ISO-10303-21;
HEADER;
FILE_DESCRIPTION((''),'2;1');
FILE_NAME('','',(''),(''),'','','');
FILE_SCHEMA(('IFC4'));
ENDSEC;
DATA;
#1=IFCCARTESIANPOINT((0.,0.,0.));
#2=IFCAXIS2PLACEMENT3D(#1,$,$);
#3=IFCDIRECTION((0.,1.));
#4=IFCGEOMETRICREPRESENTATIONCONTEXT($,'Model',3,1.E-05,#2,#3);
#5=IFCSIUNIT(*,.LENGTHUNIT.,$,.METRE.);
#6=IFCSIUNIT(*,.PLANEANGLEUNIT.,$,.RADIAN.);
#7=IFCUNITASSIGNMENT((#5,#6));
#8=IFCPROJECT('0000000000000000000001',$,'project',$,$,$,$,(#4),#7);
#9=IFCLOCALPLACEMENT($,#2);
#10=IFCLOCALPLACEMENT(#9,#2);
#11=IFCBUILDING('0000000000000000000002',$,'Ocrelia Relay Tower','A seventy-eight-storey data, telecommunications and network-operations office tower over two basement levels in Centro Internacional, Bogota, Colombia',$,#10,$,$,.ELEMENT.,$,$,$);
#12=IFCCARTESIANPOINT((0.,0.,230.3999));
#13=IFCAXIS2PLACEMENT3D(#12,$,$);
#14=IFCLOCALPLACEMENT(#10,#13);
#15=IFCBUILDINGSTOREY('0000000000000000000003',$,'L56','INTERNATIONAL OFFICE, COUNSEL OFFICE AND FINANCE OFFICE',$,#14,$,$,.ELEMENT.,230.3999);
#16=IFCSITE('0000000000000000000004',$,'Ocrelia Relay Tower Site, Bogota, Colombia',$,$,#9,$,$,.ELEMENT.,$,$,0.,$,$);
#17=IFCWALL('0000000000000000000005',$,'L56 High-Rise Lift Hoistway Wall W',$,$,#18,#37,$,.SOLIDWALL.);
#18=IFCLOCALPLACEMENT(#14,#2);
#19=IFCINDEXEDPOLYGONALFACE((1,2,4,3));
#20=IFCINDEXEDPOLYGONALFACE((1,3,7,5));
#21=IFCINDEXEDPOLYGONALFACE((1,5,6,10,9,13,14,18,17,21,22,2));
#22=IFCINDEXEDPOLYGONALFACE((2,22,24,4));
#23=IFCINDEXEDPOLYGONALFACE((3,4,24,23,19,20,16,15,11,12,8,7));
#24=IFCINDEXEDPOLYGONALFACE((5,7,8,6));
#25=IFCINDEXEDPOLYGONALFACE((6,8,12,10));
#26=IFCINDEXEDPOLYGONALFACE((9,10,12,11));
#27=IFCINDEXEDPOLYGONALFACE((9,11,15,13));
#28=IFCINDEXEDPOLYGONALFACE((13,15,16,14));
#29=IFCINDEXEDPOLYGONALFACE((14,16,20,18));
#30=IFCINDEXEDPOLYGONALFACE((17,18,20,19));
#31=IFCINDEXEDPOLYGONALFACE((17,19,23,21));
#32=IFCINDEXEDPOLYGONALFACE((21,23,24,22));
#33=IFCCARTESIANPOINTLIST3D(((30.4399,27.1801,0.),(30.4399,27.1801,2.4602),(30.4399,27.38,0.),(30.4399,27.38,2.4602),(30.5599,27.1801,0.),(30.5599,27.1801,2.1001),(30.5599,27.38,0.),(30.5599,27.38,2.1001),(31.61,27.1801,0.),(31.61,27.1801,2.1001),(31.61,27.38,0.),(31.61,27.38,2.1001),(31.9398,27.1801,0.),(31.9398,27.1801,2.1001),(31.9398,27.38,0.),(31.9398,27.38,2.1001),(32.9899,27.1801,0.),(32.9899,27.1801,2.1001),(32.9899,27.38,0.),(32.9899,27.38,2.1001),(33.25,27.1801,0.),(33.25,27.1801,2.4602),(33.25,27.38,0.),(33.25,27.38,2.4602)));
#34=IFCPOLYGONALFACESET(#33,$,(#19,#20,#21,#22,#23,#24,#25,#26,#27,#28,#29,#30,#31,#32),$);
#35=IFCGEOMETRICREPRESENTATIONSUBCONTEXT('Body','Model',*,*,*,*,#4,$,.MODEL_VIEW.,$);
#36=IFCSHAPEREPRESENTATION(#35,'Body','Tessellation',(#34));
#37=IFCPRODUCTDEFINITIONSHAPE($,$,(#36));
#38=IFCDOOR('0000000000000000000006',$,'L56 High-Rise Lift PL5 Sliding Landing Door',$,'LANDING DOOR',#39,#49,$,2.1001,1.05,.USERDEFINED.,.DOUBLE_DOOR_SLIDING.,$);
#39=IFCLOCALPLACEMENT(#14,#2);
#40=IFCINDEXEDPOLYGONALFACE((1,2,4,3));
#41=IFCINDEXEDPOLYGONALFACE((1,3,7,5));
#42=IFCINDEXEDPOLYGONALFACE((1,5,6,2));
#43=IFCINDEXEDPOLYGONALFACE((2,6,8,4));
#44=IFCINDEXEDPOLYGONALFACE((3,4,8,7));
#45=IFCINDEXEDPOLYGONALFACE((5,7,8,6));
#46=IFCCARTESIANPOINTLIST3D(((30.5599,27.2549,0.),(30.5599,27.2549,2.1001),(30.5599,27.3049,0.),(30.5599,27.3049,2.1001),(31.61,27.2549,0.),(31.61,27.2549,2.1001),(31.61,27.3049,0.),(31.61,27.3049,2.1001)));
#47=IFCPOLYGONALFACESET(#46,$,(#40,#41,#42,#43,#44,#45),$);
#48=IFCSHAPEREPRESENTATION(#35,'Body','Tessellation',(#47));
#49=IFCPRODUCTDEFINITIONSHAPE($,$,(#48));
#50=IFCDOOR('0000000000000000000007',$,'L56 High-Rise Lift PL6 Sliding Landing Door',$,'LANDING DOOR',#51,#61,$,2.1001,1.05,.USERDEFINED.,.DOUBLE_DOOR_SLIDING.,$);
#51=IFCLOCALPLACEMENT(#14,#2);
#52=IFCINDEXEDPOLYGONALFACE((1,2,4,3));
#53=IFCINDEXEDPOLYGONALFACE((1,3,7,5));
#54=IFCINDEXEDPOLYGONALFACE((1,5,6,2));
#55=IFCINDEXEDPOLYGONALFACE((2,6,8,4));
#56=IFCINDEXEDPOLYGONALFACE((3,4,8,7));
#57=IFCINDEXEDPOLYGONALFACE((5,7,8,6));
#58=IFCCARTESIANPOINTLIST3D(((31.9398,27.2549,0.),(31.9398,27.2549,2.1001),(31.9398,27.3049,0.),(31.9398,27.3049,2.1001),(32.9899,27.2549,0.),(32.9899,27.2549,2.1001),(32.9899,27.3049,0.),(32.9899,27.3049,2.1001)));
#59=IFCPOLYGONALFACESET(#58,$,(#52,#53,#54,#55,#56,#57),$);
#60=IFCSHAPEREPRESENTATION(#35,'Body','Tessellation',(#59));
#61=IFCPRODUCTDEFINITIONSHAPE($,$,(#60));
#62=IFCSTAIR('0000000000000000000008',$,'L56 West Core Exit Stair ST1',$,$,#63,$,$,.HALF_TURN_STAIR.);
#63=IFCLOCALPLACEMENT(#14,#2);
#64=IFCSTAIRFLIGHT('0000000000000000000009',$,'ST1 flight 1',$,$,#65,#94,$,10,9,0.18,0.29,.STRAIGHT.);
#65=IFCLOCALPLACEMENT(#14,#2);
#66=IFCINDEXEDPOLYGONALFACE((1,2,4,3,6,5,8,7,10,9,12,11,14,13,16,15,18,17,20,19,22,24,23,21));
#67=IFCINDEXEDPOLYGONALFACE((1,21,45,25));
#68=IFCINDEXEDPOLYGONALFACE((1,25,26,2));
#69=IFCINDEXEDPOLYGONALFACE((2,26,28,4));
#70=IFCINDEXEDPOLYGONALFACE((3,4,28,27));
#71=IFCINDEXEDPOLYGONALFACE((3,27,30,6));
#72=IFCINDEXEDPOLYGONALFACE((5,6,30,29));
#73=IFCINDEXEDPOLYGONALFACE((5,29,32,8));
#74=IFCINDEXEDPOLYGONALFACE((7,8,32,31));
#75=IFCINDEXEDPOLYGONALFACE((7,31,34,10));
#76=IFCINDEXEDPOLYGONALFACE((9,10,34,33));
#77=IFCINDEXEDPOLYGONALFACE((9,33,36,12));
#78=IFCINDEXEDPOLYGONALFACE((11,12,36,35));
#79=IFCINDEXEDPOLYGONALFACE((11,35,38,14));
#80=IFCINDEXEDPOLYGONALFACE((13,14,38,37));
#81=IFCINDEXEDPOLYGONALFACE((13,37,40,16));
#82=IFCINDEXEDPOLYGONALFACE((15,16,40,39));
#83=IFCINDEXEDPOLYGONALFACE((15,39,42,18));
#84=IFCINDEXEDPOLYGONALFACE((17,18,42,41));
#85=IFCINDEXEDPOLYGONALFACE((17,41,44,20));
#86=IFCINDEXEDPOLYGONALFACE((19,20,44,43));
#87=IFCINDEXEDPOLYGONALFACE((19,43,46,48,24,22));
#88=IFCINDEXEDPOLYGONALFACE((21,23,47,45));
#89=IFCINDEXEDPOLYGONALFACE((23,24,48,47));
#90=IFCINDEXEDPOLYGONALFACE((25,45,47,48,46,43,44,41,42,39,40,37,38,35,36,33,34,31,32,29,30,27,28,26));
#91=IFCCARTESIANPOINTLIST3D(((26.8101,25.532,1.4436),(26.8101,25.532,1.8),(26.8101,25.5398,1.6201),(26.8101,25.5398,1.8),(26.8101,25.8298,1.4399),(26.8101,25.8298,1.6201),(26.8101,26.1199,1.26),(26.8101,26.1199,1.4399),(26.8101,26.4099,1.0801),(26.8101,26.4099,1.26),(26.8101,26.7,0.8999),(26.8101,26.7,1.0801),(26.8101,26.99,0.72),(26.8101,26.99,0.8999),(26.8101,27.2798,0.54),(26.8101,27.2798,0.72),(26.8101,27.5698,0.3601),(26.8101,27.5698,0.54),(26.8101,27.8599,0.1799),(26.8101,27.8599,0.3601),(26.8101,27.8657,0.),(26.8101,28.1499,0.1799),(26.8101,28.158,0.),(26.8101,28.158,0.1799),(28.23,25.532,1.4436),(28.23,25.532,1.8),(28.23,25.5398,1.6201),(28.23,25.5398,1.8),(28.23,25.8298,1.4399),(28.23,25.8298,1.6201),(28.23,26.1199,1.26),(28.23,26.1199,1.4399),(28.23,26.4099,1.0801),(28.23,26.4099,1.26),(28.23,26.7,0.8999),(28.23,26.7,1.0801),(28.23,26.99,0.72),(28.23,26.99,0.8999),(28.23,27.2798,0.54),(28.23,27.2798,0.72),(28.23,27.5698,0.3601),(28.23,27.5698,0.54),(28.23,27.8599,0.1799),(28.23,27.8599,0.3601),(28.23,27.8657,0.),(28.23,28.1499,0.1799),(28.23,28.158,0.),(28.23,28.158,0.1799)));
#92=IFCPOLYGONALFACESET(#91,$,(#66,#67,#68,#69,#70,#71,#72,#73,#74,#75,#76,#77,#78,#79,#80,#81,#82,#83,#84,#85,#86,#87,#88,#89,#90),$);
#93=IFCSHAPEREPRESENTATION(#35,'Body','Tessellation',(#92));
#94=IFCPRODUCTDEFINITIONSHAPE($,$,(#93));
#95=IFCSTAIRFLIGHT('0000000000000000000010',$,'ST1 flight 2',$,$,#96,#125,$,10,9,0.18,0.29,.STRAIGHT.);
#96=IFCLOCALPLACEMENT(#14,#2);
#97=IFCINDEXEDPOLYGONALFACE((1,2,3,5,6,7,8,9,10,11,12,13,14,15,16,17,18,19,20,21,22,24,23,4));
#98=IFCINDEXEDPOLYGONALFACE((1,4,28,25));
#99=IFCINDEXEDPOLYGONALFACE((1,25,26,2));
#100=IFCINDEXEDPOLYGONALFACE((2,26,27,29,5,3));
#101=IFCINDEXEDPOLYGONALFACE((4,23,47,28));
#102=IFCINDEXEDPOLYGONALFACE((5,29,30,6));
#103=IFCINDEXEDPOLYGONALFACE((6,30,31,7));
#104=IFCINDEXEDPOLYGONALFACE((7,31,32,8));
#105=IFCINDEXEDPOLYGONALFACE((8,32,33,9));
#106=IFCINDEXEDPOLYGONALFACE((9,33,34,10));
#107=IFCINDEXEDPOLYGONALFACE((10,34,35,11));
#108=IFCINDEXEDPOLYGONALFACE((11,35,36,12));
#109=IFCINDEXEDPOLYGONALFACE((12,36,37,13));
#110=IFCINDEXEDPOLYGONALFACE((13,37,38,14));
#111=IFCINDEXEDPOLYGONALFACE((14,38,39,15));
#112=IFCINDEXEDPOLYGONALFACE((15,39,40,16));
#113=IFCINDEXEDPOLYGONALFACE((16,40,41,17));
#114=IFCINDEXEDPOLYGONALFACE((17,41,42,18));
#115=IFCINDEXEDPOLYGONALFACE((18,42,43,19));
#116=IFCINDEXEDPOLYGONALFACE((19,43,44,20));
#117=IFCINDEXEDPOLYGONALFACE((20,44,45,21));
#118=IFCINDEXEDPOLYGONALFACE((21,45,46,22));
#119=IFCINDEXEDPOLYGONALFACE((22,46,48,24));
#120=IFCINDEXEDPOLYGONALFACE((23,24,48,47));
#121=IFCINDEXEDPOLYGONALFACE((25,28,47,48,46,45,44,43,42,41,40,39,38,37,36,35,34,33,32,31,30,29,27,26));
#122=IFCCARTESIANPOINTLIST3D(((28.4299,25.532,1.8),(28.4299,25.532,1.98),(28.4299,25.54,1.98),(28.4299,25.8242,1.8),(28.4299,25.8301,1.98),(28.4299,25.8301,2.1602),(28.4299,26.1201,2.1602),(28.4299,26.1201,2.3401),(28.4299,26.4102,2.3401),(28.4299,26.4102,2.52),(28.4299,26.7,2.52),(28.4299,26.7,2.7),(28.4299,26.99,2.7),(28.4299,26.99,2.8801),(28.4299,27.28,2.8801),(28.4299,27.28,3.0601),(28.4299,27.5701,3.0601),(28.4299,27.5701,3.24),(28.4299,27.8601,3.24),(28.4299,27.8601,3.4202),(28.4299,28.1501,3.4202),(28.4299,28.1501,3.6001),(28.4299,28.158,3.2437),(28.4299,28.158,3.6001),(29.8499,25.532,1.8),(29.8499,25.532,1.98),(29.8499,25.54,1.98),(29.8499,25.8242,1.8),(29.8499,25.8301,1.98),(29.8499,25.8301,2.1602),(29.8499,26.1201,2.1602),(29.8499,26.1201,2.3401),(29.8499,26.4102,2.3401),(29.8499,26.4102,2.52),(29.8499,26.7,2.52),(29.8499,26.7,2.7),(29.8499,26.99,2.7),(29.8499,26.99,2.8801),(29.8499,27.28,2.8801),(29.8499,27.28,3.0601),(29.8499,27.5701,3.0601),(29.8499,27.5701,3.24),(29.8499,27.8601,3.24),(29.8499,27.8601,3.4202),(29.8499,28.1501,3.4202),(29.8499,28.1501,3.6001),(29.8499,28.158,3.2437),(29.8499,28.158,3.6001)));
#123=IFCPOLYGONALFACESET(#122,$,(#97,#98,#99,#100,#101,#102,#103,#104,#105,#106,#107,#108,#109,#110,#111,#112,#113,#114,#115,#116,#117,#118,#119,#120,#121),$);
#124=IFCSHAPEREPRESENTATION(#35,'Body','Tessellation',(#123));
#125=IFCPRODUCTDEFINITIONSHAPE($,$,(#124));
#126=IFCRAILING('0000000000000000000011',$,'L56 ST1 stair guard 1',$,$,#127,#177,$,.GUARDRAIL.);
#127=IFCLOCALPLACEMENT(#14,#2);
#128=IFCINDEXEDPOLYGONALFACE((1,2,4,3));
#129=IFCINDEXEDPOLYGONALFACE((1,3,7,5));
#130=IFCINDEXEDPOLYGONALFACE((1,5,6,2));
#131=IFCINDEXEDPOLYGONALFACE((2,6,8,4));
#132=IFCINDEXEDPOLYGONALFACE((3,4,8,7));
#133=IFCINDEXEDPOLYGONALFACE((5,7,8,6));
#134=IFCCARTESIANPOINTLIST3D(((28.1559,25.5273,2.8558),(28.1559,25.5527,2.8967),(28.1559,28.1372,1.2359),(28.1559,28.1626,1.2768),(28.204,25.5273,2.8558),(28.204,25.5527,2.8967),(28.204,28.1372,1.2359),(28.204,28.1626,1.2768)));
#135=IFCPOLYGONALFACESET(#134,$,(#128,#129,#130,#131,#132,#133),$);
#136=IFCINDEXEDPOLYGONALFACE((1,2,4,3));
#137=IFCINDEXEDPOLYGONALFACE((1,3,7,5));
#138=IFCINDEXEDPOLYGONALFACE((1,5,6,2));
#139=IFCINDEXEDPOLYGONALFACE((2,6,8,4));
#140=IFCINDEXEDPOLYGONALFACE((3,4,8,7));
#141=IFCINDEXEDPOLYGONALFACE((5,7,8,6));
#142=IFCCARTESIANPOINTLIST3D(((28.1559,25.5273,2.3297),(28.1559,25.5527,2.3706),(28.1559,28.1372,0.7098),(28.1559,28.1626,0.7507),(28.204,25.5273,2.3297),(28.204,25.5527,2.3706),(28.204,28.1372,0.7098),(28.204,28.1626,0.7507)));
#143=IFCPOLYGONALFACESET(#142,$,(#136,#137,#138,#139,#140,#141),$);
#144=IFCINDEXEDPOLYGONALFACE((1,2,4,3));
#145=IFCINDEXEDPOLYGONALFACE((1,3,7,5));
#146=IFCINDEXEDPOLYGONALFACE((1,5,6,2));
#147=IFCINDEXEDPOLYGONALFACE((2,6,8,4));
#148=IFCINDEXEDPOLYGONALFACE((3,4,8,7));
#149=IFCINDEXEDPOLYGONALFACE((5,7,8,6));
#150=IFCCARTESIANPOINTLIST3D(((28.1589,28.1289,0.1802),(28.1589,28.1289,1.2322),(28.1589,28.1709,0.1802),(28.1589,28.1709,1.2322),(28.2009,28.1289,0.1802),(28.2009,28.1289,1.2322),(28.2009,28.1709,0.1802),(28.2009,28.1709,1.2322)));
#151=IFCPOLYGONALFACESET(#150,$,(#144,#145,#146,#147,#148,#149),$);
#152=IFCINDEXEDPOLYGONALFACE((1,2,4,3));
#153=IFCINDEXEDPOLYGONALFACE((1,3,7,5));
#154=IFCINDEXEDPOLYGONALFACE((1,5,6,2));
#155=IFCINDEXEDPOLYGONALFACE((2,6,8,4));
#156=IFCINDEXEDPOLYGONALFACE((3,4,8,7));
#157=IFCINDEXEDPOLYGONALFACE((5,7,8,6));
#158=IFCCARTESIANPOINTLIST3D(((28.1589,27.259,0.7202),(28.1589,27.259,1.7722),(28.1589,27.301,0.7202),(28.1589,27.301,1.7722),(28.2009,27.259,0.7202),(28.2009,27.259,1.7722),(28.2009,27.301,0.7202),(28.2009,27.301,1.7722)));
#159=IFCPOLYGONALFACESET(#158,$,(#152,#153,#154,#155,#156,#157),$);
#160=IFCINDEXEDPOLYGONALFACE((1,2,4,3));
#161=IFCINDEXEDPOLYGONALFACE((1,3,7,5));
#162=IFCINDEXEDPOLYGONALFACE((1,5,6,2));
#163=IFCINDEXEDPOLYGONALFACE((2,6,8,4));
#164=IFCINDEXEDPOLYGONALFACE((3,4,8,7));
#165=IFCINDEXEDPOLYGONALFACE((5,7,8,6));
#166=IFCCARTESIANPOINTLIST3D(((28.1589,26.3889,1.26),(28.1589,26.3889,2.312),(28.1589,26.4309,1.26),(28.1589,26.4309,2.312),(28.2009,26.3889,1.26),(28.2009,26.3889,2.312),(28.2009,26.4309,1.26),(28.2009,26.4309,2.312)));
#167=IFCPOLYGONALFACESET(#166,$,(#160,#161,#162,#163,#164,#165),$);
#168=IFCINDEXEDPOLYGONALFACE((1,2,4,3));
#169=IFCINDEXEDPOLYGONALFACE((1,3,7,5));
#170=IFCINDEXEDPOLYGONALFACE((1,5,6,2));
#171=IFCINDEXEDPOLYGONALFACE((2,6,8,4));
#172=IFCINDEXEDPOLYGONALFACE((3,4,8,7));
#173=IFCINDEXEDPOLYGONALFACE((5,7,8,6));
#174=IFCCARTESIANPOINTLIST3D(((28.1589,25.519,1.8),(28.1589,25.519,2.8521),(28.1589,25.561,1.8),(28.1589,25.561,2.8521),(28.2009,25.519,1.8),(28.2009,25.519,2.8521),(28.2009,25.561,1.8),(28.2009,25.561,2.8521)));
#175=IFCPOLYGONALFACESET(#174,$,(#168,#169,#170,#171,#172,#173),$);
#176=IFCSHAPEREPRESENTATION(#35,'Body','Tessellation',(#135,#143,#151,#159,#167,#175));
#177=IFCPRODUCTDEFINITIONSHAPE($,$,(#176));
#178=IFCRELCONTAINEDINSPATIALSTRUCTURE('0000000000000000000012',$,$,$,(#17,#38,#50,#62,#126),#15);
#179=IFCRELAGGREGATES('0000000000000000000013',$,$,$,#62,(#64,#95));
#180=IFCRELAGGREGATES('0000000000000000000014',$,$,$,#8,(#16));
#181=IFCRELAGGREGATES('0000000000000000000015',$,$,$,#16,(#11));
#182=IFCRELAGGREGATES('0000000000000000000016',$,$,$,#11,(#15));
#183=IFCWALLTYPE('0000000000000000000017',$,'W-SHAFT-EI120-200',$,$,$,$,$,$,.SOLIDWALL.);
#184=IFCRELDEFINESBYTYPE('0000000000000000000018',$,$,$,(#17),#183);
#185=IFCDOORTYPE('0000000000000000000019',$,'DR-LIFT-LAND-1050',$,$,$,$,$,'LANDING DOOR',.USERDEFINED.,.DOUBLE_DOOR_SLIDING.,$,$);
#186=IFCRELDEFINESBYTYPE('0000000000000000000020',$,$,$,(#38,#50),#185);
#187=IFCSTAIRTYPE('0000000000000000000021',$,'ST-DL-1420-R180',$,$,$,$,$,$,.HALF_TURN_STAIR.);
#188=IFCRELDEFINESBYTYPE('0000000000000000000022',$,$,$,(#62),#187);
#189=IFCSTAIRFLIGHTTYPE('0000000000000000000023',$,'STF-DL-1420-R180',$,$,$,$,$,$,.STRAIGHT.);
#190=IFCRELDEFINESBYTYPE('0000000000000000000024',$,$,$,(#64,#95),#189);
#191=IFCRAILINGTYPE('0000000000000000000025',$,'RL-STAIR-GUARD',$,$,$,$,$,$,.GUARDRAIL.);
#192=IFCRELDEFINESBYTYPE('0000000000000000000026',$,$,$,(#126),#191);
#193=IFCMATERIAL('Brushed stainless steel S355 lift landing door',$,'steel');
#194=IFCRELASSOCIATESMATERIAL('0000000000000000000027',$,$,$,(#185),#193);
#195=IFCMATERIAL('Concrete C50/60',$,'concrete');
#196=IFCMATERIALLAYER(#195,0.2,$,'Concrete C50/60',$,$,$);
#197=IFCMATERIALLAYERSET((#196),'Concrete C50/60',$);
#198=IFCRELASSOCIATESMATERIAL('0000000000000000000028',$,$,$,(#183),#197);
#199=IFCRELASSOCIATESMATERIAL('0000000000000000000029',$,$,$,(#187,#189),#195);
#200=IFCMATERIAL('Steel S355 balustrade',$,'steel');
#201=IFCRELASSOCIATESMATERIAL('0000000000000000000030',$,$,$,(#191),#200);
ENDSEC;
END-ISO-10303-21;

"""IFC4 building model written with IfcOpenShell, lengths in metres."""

from ifc_helpers import new_model, si_unit, direction, frame, frame_2d, origin, origin_2d, place, context, subcontext, project, spatial, polyline, rectangle, outline, extrude, material, layer, layer_set, type_object, element, fill, aggregate, save


model = new_model("IFC4")

# Units and contexts
model_context = context("Model", 3, precision=1e-05, world=origin(), true_north=direction((0.0, 1.0)))
body_context = subcontext(model_context, "Body", "Model", "MODEL_VIEW")
ifc_project = project(units=[si_unit("LENGTHUNIT", "METRE"), si_unit("PLANEANGLEUNIT", "RADIAN")], contexts=[model_context])

# Site, building, storey
site_placement = place(None, origin())
site = spatial("IfcSite", under=ifc_project, at=site_placement, Name="Ocrelia Relay Tower Site, Bogota, Colombia", CompositionType="ELEMENT", RefElevation=0.0)
building_placement = place(site_placement, origin())
building = spatial("IfcBuilding", under=site, at=building_placement, Name="Ocrelia Relay Tower", Description="A seventy-eight-storey data, telecommunications and network-operations office tower over two basement levels in Centro Internacional, Bogota, Colombia", CompositionType="ELEMENT")
storey_placement = place(building_placement, frame((0.0, 0.0, 230.3999)))
storey = spatial("IfcBuildingStorey", under=building, at=storey_placement, Name="L56", Description="INTERNATIONAL OFFICE, COUNSEL OFFICE AND FINANCE OFFICE", CompositionType="ELEMENT", Elevation=230.3999)

# Shared definitions
ifc_material_1 = material(Name="Concrete C50/60", Category="concrete")

# Shared definitions
ifc_material_2 = material(Name="Brushed stainless steel S355 lift landing door", Category="steel")
door_type_1 = type_object("IfcDoorType", Name="DR-LIFT-LAND-1050", ElementType="LANDING DOOR", OperationType="DOUBLE_DOOR_SLIDING", PredefinedType="USERDEFINED", material=ifc_material_2)

# Shared definitions
ifc_layer_1 = layer(ifc_material_1, 0.2, Name="Concrete C50/60")
ifc_layer_set_1 = layer_set([ifc_layer_1], Name="Concrete C50/60")
wall_type_1 = type_object("IfcWallType", Name="W-SHAFT-EI120-200", PredefinedType="SOLIDWALL", material=ifc_layer_set_1)

# Wall, openings, doors
wall_1_placement = place(storey_placement, frame((30.4399, 27.28, 0.0), z_axis=(0.0, 0.0, 1.0), x_axis=(1.0, 0.0, 0.0)))
wall_1 = element("IfcWall", 1, at=wall_1_placement, inside=storey, type_object=wall_type_1, Name="L56 High-Rise Lift Hoistway Wall W", PredefinedType="SOLIDWALL", context=body_context, shape_type="SweptSolid", body=[
    extrude(rectangle(XDim=2.8101, YDim=0.2, at=frame_2d((1.405, 0.0))), origin(), (0.0, 0.0, 1.0), 2.4602),
])
opening_1_placement = place(wall_1_placement, frame((0.1201, 0.0, 0.0)))
opening_1 = element("IfcOpeningElement", 2, at=opening_1_placement, cuts=wall_1, PredefinedType="OPENING", context=body_context, shape_type="SweptSolid", body=[
    extrude(rectangle(XDim=1.05, YDim=2.1001, at=frame_2d((0.5249, 1.05))), frame((0.0, 0.1099, 0.0), z_axis=(0.0, -1.0, 0.0), x_axis=(1.0, 0.0, 0.0)), (0.0, 0.0, 1.0), 0.22),
])
opening_2_placement = place(wall_1_placement, frame((1.5, 0.0, 0.0)))
opening_2 = element("IfcOpeningElement", 3, at=opening_2_placement, cuts=wall_1, PredefinedType="OPENING", context=body_context, shape_type="SweptSolid", body=[
    extrude(rectangle(XDim=1.05, YDim=2.1001, at=frame_2d((0.5249, 1.05))), frame((0.0, 0.1099, 0.0), z_axis=(0.0, -1.0, 0.0), x_axis=(1.0, 0.0, 0.0)), (0.0, 0.0, 1.0), 0.22),
])
door_1_placement = place(opening_1_placement, origin())
door_1 = element("IfcDoor", 4, at=door_1_placement, inside=storey, type_object=door_type_1, Name="L56 High-Rise Lift PL5 Sliding Landing Door", ObjectType="LANDING DOOR", OperationType="DOUBLE_DOOR_SLIDING", OverallHeight=2.1001, OverallWidth=1.05, PredefinedType="USERDEFINED", context=body_context, shape_type="SweptSolid", body=[
    extrude(rectangle(XDim=1.05, YDim=2.1001, at=frame_2d((0.5249, 1.05))), frame((0.0, 0.0249, 0.0), z_axis=(0.0, -1.0, 0.0), x_axis=(1.0, 0.0, 0.0)), (0.0, 0.0, 1.0), 0.05),
])
fill(opening_1, door_1)
door_2_placement = place(opening_2_placement, origin())
door_2 = element("IfcDoor", 5, at=door_2_placement, inside=storey, type_object=door_type_1, Name="L56 High-Rise Lift PL6 Sliding Landing Door", ObjectType="LANDING DOOR", OperationType="DOUBLE_DOOR_SLIDING", OverallHeight=2.1001, OverallWidth=1.05, PredefinedType="USERDEFINED", context=body_context, shape_type="SweptSolid", body=[
    extrude(rectangle(XDim=1.05, YDim=2.1001, at=frame_2d((0.5249, 1.05))), frame((0.0, 0.0249, 0.0), z_axis=(0.0, -1.0, 0.0), x_axis=(1.0, 0.0, 0.0)), (0.0, 0.0, 1.0), 0.05),
])
fill(opening_2, door_2)

# Stair, stair flights
stair_type = type_object("IfcStairType", Name="ST-DL-1420-R180", PredefinedType="HALF_TURN_STAIR", material=ifc_material_1)
stair_placement = place(storey_placement, origin())
stair = element("IfcStair", 6, at=stair_placement, inside=storey, type_object=stair_type, Name="L56 West Core Exit Stair ST1", PredefinedType="HALF_TURN_STAIR")
stair_flight_type = type_object("IfcStairFlightType", Name="STF-DL-1420-R180", PredefinedType="STRAIGHT", material=ifc_material_1)
stair_flight_1_placement = place(storey_placement, frame((27.52, 28.1499, 0.0), z_axis=(0.0, 0.0, 1.0), x_axis=(0.0, -1.0, 0.0)))
stair_flight_1 = element("IfcStairFlight", 7, at=stair_flight_1_placement, type_object=stair_flight_type, Name="ST1 flight 1", NumberOfRisers=10, NumberOfTreads=9, PredefinedType="STRAIGHT", RiserHeight=0.18, TreadLength=0.29, context=body_context, shape_type="SweptSolid", body=[
    extrude(outline(polyline([(-0.0081, 0.0), (-0.0081, 0.1799), (0.0, 0.1799), (0.29, 0.1799), (0.29, 0.3601), (0.5801, 0.3601), (0.5801, 0.54), (0.8701, 0.54), (0.8701, 0.72), (1.1599, 0.72), (1.1599, 0.8999), (1.45, 0.8999), (1.45, 1.0801), (1.74, 1.0801), (1.74, 1.26), (2.03, 1.26), (2.03, 1.4399), (2.3201, 1.4399), (2.3201, 1.6201), (2.6101, 1.6201), (2.6101, 1.8), (2.6179, 1.8), (2.6179, 1.4436), (0.2842, 0.0), (-0.0081, 0.0)])), frame((0.0, 0.71, 0.0), z_axis=(0.0, -1.0, 0.0), x_axis=(1.0, 0.0, 0.0)), (0.0, 0.0, 1.0), 1.4199),
])
stair_flight_2_placement = place(storey_placement, frame((29.1399, 25.54, 1.8), z_axis=(0.0, 0.0, 1.0), x_axis=(0.0, 1.0, 0.0)))
stair_flight_2 = element("IfcStairFlight", 8, at=stair_flight_2_placement, type_object=stair_flight_type, Name="ST1 flight 2", NumberOfRisers=10, NumberOfTreads=9, PredefinedType="STRAIGHT", RiserHeight=0.18, TreadLength=0.29, context=body_context, shape_type="SweptSolid", body=[
    extrude(outline(polyline([(-0.0081, 0.0), (-0.0081, 0.1799), (0.0, 0.1799), (0.29, 0.1799), (0.29, 0.3601), (0.5801, 0.3601), (0.5801, 0.54), (0.8701, 0.54), (0.8701, 0.72), (1.1599, 0.72), (1.1599, 0.8999), (1.45, 0.8999), (1.45, 1.0801), (1.74, 1.0801), (1.74, 1.26), (2.03, 1.26), (2.03, 1.4399), (2.3201, 1.4399), (2.3201, 1.6201), (2.6101, 1.6201), (2.6101, 1.8), (2.6179, 1.8), (2.6179, 1.4436), (0.2842, 0.0), (-0.0081, 0.0)])), frame((0.0, 0.71, 0.0), z_axis=(0.0, -1.0, 0.0), x_axis=(1.0, 0.0, 0.0)), (0.0, 0.0, 1.0), 1.4199),
])
aggregate(stair, [stair_flight_1, stair_flight_2])

# Railing
ifc_material_3 = material(Name="Steel S355 balustrade", Category="steel")
railing_type_1 = type_object("IfcRailingType", Name="RL-STAIR-GUARD", PredefinedType="GUARDRAIL", material=ifc_material_3)
railing_1_placement = place(storey_placement, frame((28.1799, 28.1499, 0.1802)))
element("IfcRailing", 9, at=railing_1_placement, inside=storey, type_object=railing_type_1, Name="L56 ST1 stair guard 1", PredefinedType="GUARDRAIL", context=body_context, shape_type="SweptSolid", body=[
    extrude(rectangle(XDim=0.0481, YDim=0.0481, at=origin_2d()), frame((0.0, 0.0, 1.0762), z_axis=(0.0, -0.849646, 0.527353), x_axis=(1.0, 0.0, 0.0)), (0.0, 0.0, 1.0), 3.0718),
    extrude(rectangle(XDim=0.0481, YDim=0.0481, at=origin_2d()), frame((0.0, 0.0, 0.55), z_axis=(0.0, -0.849646, 0.527353), x_axis=(1.0, 0.0, 0.0)), (0.0, 0.0, 1.0), 3.0718),
    extrude(rectangle(XDim=0.042, YDim=0.042, at=origin_2d()), origin(), (0.0, 0.0, 1.0), 1.052),
    extrude(rectangle(XDim=0.042, YDim=0.042, at=origin_2d()), frame((0.0, -0.8699, 0.54)), (0.0, 0.0, 1.0), 1.052),
    extrude(rectangle(XDim=0.042, YDim=0.042, at=origin_2d()), frame((0.0, -1.74, 1.0798)), (0.0, 0.0, 1.0), 1.052),
    extrude(rectangle(XDim=0.042, YDim=0.042, at=origin_2d()), frame((0.0, -2.6099, 1.6199)), (0.0, 0.0, 1.0), 1.052),
])

save(model, "model.ifc")
